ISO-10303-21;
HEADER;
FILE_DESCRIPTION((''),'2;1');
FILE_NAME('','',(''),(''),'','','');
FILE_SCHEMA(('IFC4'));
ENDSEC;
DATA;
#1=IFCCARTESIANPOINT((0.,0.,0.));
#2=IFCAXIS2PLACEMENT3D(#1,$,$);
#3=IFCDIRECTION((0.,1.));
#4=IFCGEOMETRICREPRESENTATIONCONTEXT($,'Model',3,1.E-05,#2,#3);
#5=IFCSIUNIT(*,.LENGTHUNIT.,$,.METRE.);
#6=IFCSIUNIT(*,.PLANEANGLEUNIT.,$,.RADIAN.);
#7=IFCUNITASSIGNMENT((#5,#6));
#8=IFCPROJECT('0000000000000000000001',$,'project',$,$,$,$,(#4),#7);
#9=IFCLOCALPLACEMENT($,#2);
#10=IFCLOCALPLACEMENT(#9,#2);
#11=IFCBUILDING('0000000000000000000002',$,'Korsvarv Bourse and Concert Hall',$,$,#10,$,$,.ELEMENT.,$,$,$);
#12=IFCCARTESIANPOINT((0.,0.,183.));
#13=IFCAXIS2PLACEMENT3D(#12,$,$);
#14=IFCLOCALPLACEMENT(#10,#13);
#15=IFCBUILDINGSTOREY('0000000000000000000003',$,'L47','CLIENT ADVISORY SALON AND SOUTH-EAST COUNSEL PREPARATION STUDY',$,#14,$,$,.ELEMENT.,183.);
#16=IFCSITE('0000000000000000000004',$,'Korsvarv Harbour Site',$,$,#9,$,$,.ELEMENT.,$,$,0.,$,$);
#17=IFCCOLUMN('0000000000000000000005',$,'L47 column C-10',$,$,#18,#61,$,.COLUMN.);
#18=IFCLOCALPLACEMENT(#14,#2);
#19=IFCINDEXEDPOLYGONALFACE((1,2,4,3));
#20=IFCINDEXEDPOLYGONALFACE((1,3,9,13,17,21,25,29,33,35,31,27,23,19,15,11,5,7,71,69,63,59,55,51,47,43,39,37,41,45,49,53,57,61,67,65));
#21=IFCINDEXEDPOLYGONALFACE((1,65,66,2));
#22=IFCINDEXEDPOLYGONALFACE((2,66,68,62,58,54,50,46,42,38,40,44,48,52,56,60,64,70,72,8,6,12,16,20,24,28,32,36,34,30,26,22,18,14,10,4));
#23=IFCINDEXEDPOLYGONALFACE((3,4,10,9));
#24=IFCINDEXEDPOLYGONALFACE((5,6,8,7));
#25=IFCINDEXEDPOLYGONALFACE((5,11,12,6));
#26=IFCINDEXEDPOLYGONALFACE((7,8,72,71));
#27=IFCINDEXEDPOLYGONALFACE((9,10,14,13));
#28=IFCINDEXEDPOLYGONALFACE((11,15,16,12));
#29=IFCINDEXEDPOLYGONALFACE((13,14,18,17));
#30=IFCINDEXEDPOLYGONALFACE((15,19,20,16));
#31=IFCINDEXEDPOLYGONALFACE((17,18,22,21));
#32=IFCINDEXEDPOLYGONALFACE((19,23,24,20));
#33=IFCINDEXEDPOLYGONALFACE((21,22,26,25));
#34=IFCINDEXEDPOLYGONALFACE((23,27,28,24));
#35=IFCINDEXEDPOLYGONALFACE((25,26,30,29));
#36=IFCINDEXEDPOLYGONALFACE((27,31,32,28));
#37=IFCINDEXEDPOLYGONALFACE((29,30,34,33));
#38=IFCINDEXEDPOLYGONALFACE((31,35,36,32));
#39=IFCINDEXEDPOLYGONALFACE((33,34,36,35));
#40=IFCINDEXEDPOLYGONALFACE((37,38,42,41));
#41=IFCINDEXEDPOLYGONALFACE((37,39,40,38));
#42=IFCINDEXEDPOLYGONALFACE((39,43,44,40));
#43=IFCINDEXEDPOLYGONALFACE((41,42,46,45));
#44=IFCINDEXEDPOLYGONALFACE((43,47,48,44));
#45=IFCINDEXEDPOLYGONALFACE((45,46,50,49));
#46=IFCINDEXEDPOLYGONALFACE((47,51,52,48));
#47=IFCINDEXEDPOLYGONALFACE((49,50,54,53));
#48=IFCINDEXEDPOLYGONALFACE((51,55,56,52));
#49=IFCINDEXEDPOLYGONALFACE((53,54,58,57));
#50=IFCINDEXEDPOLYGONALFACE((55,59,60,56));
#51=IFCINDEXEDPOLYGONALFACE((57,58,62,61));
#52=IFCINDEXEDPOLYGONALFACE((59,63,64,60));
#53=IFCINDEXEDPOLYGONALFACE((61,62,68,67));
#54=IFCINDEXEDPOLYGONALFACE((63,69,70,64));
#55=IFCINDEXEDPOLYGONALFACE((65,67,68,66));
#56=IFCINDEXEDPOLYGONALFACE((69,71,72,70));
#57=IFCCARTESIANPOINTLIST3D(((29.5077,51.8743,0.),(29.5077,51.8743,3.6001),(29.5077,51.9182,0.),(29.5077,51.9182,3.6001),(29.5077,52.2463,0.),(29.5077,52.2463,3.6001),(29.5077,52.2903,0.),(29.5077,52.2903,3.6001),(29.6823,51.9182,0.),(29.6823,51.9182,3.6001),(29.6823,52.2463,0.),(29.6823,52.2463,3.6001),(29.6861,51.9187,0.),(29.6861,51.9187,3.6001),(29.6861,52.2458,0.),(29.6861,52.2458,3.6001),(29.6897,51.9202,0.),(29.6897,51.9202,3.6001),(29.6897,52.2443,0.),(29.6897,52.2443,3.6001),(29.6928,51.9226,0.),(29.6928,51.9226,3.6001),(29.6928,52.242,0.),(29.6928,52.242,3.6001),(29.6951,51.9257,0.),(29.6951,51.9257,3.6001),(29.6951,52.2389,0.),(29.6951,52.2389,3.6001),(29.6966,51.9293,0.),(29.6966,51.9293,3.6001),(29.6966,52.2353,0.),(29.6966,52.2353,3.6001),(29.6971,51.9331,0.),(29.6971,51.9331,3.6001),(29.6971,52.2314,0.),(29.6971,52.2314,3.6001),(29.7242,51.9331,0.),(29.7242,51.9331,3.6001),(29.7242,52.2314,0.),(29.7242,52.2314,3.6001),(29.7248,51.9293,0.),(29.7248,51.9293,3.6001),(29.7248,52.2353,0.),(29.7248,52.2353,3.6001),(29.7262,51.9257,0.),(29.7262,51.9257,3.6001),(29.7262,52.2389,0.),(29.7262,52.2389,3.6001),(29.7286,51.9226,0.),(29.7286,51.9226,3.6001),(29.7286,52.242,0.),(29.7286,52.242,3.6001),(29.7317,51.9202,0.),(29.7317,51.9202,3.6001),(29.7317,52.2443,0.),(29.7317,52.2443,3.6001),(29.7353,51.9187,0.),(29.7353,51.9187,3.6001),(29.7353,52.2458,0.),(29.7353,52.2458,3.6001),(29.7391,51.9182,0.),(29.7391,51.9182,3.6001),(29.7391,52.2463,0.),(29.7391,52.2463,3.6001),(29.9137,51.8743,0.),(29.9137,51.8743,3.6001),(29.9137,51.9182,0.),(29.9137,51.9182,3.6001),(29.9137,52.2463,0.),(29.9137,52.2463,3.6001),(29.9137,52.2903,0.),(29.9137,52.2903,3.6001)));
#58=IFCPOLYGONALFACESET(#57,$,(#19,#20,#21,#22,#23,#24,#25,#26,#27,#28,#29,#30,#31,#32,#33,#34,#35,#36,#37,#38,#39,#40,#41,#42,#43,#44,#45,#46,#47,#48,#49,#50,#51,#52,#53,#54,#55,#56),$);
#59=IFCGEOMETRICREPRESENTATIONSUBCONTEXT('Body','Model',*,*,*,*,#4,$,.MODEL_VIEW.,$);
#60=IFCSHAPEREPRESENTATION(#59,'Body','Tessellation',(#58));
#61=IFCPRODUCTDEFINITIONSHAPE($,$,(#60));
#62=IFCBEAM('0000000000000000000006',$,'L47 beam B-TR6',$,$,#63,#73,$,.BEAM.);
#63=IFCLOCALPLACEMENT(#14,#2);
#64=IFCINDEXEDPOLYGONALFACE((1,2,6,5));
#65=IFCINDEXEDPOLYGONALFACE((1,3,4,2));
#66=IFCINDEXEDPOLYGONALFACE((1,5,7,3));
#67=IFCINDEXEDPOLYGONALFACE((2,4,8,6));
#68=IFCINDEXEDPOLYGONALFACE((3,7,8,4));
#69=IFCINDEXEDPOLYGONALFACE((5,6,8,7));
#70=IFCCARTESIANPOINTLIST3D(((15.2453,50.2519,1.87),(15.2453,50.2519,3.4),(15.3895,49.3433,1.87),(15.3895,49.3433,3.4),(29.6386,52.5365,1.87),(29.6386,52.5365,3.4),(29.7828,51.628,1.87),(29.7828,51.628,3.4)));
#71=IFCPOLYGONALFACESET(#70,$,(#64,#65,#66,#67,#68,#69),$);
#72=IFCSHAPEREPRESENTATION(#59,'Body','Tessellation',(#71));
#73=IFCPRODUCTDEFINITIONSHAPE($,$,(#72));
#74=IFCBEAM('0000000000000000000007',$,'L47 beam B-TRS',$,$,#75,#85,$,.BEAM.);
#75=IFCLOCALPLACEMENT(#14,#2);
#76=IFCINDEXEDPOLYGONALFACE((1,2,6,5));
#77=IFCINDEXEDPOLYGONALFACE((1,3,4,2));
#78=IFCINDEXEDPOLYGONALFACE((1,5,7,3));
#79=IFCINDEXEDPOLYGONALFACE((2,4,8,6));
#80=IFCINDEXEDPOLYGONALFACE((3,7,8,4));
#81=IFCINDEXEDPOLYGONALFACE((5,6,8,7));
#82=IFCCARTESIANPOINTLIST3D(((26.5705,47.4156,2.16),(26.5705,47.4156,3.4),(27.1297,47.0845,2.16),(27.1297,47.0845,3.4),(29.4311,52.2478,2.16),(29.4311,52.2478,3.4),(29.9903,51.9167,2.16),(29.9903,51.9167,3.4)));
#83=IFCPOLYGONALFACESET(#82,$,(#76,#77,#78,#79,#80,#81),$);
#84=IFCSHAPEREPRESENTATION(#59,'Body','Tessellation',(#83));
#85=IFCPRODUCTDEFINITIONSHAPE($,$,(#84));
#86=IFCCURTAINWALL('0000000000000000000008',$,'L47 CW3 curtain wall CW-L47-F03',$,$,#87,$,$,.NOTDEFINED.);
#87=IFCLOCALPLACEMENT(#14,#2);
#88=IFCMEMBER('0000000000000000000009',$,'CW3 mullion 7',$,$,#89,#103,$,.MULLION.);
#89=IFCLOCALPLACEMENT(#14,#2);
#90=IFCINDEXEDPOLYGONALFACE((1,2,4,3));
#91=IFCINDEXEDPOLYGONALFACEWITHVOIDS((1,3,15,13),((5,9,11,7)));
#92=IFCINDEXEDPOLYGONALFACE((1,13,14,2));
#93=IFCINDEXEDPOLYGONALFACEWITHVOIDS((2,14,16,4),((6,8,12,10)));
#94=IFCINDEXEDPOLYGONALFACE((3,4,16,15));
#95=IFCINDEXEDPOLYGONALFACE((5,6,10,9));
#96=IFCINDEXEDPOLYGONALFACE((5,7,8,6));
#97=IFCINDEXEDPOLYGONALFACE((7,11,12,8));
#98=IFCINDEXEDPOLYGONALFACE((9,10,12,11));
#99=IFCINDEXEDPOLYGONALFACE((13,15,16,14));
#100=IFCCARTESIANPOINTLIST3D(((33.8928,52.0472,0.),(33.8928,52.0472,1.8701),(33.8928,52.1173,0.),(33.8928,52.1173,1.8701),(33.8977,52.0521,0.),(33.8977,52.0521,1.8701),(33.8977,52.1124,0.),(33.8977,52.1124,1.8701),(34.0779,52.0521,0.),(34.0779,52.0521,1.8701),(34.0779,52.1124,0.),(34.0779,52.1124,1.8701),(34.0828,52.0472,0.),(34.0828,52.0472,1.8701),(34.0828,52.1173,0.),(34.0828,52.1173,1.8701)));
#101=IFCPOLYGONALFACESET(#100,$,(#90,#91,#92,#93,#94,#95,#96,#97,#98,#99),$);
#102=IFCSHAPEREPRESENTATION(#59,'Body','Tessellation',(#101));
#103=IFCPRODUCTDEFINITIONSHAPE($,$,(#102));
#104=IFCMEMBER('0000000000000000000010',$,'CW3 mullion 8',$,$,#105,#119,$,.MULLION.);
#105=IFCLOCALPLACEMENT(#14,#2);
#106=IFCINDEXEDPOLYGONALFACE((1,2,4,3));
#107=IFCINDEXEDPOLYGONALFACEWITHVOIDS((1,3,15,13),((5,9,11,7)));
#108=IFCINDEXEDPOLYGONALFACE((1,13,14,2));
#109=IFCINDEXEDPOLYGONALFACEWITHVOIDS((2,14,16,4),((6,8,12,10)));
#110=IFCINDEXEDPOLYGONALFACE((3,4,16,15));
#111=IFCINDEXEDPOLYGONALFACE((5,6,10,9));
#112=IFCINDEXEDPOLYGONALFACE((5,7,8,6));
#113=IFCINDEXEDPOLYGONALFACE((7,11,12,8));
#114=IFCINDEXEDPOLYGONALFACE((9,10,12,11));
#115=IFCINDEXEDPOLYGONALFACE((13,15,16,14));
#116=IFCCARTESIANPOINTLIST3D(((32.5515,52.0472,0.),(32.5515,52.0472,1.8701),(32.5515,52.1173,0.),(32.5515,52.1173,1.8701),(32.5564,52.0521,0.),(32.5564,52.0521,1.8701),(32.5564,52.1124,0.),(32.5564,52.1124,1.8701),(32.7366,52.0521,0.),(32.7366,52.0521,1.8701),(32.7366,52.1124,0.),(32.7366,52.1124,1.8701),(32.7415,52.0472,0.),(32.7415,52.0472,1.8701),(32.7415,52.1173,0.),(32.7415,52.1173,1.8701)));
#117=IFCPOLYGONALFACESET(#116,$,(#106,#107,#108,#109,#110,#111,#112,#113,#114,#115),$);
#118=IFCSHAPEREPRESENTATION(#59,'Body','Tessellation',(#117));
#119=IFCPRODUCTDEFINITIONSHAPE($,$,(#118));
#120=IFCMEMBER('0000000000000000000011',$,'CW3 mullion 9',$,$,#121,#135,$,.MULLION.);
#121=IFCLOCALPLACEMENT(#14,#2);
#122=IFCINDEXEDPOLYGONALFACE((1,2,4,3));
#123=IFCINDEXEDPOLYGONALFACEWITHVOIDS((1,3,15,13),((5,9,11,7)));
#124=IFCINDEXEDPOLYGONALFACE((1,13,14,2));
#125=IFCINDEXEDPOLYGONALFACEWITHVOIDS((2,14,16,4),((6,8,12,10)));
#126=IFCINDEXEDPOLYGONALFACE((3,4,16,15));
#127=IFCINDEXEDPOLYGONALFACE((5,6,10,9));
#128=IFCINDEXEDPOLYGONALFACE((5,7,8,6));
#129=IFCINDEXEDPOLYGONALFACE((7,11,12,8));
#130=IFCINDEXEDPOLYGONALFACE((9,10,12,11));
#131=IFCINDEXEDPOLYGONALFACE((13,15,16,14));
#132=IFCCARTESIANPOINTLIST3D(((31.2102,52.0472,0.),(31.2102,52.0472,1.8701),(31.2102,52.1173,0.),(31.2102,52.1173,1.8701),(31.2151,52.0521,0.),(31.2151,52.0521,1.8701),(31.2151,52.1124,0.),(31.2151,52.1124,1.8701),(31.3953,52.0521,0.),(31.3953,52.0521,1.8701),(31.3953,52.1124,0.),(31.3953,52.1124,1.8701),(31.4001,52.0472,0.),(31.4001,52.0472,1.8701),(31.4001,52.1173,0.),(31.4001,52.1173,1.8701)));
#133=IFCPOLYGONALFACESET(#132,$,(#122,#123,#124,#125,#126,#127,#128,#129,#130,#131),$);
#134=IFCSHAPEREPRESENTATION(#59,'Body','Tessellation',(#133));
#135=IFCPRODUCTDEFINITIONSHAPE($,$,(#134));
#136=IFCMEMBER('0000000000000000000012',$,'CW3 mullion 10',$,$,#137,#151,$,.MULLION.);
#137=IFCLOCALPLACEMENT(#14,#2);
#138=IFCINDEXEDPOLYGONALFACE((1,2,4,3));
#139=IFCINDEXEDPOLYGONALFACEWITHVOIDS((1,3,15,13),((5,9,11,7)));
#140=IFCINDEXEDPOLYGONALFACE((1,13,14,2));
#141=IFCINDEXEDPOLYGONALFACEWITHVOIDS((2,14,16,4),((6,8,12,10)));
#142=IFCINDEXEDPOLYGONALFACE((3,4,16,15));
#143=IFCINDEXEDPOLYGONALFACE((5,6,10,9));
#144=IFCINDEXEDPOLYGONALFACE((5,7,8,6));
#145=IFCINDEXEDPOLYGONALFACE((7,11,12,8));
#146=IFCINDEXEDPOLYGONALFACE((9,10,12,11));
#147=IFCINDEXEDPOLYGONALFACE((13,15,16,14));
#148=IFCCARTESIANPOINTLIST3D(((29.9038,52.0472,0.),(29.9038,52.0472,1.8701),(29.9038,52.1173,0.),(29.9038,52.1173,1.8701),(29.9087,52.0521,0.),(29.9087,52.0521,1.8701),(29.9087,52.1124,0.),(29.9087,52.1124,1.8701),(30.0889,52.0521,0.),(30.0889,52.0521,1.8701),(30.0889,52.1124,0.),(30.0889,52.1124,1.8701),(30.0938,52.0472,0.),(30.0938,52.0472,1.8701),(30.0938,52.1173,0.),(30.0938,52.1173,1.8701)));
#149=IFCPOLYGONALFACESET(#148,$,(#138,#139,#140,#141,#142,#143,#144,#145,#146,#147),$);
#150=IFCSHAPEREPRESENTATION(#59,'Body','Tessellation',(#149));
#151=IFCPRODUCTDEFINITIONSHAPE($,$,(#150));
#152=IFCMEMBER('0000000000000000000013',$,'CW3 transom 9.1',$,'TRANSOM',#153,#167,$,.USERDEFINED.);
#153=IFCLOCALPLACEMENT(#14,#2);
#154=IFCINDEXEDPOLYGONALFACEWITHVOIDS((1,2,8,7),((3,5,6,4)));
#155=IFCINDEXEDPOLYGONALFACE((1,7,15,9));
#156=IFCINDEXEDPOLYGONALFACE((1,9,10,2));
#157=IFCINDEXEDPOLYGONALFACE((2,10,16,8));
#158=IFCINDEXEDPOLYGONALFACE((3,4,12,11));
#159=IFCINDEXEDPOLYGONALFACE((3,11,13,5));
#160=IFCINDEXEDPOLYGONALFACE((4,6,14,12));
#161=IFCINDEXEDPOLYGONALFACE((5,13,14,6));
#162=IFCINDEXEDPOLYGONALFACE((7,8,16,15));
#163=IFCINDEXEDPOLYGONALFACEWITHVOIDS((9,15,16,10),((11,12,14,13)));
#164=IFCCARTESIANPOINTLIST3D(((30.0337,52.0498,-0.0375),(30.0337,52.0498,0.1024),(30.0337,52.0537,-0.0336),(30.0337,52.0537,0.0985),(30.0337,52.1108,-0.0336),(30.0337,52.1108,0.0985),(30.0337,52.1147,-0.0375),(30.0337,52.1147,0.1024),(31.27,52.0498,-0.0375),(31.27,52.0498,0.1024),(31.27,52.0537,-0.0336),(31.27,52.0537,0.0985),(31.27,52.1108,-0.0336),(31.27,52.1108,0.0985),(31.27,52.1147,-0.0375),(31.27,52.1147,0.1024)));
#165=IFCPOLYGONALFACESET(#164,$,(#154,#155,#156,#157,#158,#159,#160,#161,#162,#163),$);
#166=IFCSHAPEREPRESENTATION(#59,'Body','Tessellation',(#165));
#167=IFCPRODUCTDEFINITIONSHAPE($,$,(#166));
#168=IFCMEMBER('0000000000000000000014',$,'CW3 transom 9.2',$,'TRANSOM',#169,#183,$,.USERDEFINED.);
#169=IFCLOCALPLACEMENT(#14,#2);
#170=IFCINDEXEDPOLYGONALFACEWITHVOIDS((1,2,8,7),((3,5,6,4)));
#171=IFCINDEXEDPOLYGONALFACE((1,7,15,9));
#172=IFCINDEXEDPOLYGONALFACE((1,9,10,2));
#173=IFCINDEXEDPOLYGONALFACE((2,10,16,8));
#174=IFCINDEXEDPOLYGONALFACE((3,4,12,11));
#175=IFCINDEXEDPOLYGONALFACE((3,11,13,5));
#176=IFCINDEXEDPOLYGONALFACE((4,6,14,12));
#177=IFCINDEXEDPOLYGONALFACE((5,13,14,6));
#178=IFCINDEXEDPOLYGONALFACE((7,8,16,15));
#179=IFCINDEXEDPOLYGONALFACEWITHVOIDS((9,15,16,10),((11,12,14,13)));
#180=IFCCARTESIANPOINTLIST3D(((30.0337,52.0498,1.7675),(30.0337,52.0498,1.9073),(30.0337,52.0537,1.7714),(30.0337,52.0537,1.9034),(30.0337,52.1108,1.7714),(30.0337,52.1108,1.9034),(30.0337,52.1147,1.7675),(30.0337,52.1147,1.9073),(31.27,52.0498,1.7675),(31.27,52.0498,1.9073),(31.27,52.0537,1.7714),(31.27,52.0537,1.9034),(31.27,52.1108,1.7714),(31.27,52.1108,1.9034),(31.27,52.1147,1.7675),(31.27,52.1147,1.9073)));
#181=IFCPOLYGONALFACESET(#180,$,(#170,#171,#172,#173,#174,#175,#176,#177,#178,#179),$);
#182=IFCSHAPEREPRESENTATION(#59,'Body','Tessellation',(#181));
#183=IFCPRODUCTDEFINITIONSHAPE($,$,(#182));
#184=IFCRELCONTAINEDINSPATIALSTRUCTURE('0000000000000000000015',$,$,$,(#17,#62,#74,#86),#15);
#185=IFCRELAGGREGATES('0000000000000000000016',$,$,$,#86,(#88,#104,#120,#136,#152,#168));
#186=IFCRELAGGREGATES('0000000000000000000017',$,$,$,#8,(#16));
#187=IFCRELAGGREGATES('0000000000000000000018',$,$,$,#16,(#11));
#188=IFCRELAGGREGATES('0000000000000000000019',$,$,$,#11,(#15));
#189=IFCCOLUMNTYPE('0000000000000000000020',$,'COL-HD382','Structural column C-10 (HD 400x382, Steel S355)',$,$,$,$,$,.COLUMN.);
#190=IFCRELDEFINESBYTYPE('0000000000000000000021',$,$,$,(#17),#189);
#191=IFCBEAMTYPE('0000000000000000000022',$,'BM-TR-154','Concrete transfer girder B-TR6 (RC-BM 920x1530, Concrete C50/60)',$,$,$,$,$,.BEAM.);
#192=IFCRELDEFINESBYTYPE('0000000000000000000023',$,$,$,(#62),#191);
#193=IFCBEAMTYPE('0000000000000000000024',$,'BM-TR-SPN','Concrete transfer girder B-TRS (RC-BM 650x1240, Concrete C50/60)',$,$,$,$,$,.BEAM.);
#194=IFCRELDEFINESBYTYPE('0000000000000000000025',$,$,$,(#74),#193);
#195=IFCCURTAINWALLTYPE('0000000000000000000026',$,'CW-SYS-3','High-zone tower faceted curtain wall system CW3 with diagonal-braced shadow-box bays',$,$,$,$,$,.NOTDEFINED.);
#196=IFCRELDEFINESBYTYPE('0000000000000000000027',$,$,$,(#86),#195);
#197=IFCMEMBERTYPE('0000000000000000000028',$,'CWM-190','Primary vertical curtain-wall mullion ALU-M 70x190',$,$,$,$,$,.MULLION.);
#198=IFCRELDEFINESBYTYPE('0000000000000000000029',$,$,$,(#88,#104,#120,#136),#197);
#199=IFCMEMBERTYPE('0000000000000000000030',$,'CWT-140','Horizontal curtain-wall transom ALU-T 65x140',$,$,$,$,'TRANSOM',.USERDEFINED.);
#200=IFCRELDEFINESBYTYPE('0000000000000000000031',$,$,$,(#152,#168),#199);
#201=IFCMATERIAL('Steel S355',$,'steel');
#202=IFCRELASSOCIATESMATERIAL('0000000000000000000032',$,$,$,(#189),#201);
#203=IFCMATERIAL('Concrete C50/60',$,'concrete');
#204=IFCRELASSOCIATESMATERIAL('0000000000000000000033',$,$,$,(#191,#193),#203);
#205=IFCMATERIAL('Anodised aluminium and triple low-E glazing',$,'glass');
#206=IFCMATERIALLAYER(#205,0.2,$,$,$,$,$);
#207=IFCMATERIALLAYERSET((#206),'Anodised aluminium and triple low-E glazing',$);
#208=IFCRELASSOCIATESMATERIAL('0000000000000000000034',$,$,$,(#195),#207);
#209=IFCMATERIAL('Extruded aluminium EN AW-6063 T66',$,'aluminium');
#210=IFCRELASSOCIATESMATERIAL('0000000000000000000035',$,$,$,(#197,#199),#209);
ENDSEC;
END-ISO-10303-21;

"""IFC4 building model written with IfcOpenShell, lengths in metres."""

from ifc_helpers import new_model, si_unit, direction, frame, origin, origin_2d, place, context, subcontext, project, spatial, rectangle, hollow_rectangle, i_section, extrude, source, transform, mapped, material, layer, layer_set, material_profile, profile_set, type_object, element, aggregate, save


model = new_model("IFC4")

# Units and contexts
model_context = context("Model", 3, precision=1e-05, world=origin(), true_north=direction((0.0, 1.0)))
body_context = subcontext(model_context, "Body", "Model", "MODEL_VIEW")
ifc_project = project(units=[si_unit("LENGTHUNIT", "METRE"), si_unit("PLANEANGLEUNIT", "RADIAN")], contexts=[model_context])

# Site, building, storey
site_placement = place(None, origin())
site = spatial("IfcSite", under=ifc_project, at=site_placement, Name="Korsvarv Harbour Site", CompositionType="ELEMENT", RefElevation=0.0)
building_placement = place(site_placement, origin())
building = spatial("IfcBuilding", under=site, at=building_placement, Name="Korsvarv Bourse and Concert Hall", CompositionType="ELEMENT")
storey_placement = place(building_placement, frame((0.0, 0.0, 183.0)))
storey = spatial("IfcBuildingStorey", under=building, at=storey_placement, Name="L47", Description="CLIENT ADVISORY SALON AND SOUTH-EAST COUNSEL PREPARATION STUDY", CompositionType="ELEMENT", Elevation=183.0)

# Column
ifc_material_1 = material(Name="Steel S355", Category="steel")
ifc_material_profile_1 = material_profile(ifc_material_1, i_section(OverallWidth=0.406, OverallDepth=0.416, WebThickness=0.0271, FlangeThickness=0.0439, FilletRadius=0.0149, at=origin_2d()), Name="HD 400x382")
ifc_profile_set_1 = profile_set([ifc_material_profile_1], Name="Steel S355")
column_type = type_object("IfcColumnType", Name="COL-HD382", Description="Structural column C-10 (HD 400x382, Steel S355)", PredefinedType="COLUMN", material=ifc_profile_set_1)
shared_shape_1 = source(origin(), body_context, "Body", "SweptSolid", [
    extrude(i_section(OverallWidth=0.406, OverallDepth=0.416, WebThickness=0.0271, FlangeThickness=0.0439, FilletRadius=0.0149, at=origin_2d()), origin(), (0.0, 0.0, 1.0), 3.6001),
])
column_placement = place(storey_placement, frame((29.7107, 52.0823, 0.0), z_axis=(0.0, 0.0, 1.0), x_axis=(1.0, 0.0, 0.0)))
element("IfcColumn", 1, at=column_placement, inside=storey, type_object=column_type, Name="L47 column C-10", PredefinedType="COLUMN", context=body_context, shape_type="MappedRepresentation", body=[
    mapped(shared_shape_1, transform((0.0, 0.0, 0.0), scale=1.0)),
])

# Beams
ifc_material_2 = material(Name="Concrete C50/60", Category="concrete")
ifc_material_profile_2 = material_profile(ifc_material_2, rectangle(XDim=0.9199, YDim=1.53, at=origin_2d()), Name="RC-BM 920x1530")
ifc_profile_set_2 = profile_set([ifc_material_profile_2], Name="Concrete C50/60")
beam_type_1 = type_object("IfcBeamType", Name="BM-TR-154", Description="Concrete transfer girder B-TR6 (RC-BM 920x1530, Concrete C50/60)", PredefinedType="BEAM", material=ifc_profile_set_2)
shared_shape_2 = source(origin(), body_context, "Body", "SweptSolid", [
    extrude(rectangle(XDim=0.9199, YDim=1.53, at=origin_2d()), origin(), (0.0, 0.0, 1.0), 14.5735),
])
beam_1_placement = place(storey_placement, frame((29.7107, 52.0823, 2.635), z_axis=(-0.987635, -0.156769, 0.0), x_axis=(0.156769, -0.987635, 0.0)))
element("IfcBeam", 2, at=beam_1_placement, inside=storey, type_object=beam_type_1, Name="L47 beam B-TR6", PredefinedType="BEAM", context=body_context, shape_type="MappedRepresentation", body=[
    mapped(shared_shape_2, transform((0.0, 0.0, 0.0), scale=1.0)),
])
ifc_material_profile_3 = material_profile(ifc_material_2, rectangle(XDim=0.6499, YDim=1.24, at=origin_2d()), Name="RC-BM 650x1240")
ifc_profile_set_3 = profile_set([ifc_material_profile_3], Name="Concrete C50/60")
beam_type_2 = type_object("IfcBeamType", Name="BM-TR-SPN", Description="Concrete transfer girder B-TRS (RC-BM 650x1240, Concrete C50/60)", PredefinedType="BEAM", material=ifc_profile_set_3)
shared_shape_3 = source(origin(), body_context, "Body", "SweptSolid", [
    extrude(rectangle(XDim=0.6499, YDim=1.24, at=origin_2d()), origin(), (0.0, 0.0, 1.0), 5.6155),
])
beam_2_placement = place(storey_placement, frame((29.7107, 52.0823, 2.78), z_axis=(-0.50941, -0.860524, 0.0), x_axis=(0.860524, -0.50941, 0.0)))
element("IfcBeam", 3, at=beam_2_placement, inside=storey, type_object=beam_type_2, Name="L47 beam B-TRS", PredefinedType="BEAM", context=body_context, shape_type="MappedRepresentation", body=[
    mapped(shared_shape_3, transform((0.0, 0.0, 0.0), scale=1.0)),
])

# Curtain wall, members
ifc_material_3 = material(Name="Anodised aluminium and triple low-E glazing", Category="glass")
ifc_layer_1 = layer(ifc_material_3, 0.2)
ifc_layer_set_1 = layer_set([ifc_layer_1], Name="Anodised aluminium and triple low-E glazing")
curtain_wall_type = type_object("IfcCurtainWallType", Name="CW-SYS-3", Description="High-zone tower faceted curtain wall system CW3 with diagonal-braced shadow-box bays", PredefinedType="NOTDEFINED", material=ifc_layer_set_1)
curtain_wall_placement = place(storey_placement, origin())
curtain_wall = element("IfcCurtainWall", 4, at=curtain_wall_placement, inside=storey, type_object=curtain_wall_type, Name="L47 CW3 curtain wall CW-L47-F03", PredefinedType="NOTDEFINED")
ifc_material_4 = material(Name="Extruded aluminium EN AW-6063 T66", Category="aluminium")
ifc_material_profile_4 = material_profile(ifc_material_4, hollow_rectangle(XDim=0.0701, YDim=0.1899, WallThickness=0.0049, at=origin_2d()), Name="ALU-M 70x190")
ifc_profile_set_4 = profile_set([ifc_material_profile_4], Name="Extruded aluminium EN AW-6063 T66")
member_type_1 = type_object("IfcMemberType", Name="CWM-190", Description="Primary vertical curtain-wall mullion ALU-M 70x190", PredefinedType="MULLION", material=ifc_profile_set_4)
shared_shape_4 = source(origin(), body_context, "Body", "SweptSolid", [
    extrude(hollow_rectangle(XDim=0.0701, YDim=0.1899, WallThickness=0.0049, at=origin_2d()), origin(), (0.0, 0.0, 1.0), 1.8701),
])
member_1_placement = place(storey_placement, frame((33.9878, 52.0823, 0.0), z_axis=(0.0, 0.0, 1.0), x_axis=(0.0, -1.0, 0.0)))
member_1 = element("IfcMember", 5, at=member_1_placement, type_object=member_type_1, Name="CW3 mullion 7", PredefinedType="MULLION", context=body_context, shape_type="MappedRepresentation", body=[
    mapped(shared_shape_4, transform((0.0, 0.0, 0.0), scale=1.0)),
])
member_2_placement = place(storey_placement, frame((32.6465, 52.0823, 0.0), z_axis=(0.0, 0.0, 1.0), x_axis=(0.0, -1.0, 0.0)))
member_2 = element("IfcMember", 6, at=member_2_placement, type_object=member_type_1, Name="CW3 mullion 8", PredefinedType="MULLION", context=body_context, shape_type="MappedRepresentation", body=[
    mapped(shared_shape_4, transform((0.0, 0.0, 0.0), scale=1.0)),
])
member_3_placement = place(storey_placement, frame((31.3052, 52.0823, 0.0), z_axis=(0.0, 0.0, 1.0), x_axis=(0.0, -1.0, 0.0)))
member_3 = element("IfcMember", 7, at=member_3_placement, type_object=member_type_1, Name="CW3 mullion 9", PredefinedType="MULLION", context=body_context, shape_type="MappedRepresentation", body=[
    mapped(shared_shape_4, transform((0.0, 0.0, 0.0), scale=1.0)),
])
member_4_placement = place(storey_placement, frame((29.9988, 52.0823, 0.0), z_axis=(0.0, 0.0, 1.0), x_axis=(0.0, -1.0, 0.0)))
member_4 = element("IfcMember", 8, at=member_4_placement, type_object=member_type_1, Name="CW3 mullion 10", PredefinedType="MULLION", context=body_context, shape_type="MappedRepresentation", body=[
    mapped(shared_shape_4, transform((0.0, 0.0, 0.0), scale=1.0)),
])
ifc_material_profile_5 = material_profile(ifc_material_4, hollow_rectangle(XDim=0.0649, YDim=0.1399, WallThickness=0.0039, at=origin_2d()), Name="ALU-T 65x140")
ifc_profile_set_5 = profile_set([ifc_material_profile_5], Name="Extruded aluminium EN AW-6063 T66")
member_type_2 = type_object("IfcMemberType", Name="CWT-140", Description="Horizontal curtain-wall transom ALU-T 65x140", ElementType="TRANSOM", PredefinedType="USERDEFINED", material=ifc_profile_set_5)
shared_shape_5 = source(origin(), body_context, "Body", "SweptSolid", [
    extrude(hollow_rectangle(XDim=0.0649, YDim=0.1399, WallThickness=0.0039, at=origin_2d()), origin(), (0.0, 0.0, 1.0), 1.2363),
])
member_5_placement = place(storey_placement, frame((31.27, 52.0823, 0.0325), z_axis=(-1.0, 0.0, 0.0), x_axis=(0.0, -1.0, 0.0)))
member_5 = element("IfcMember", 9, at=member_5_placement, type_object=member_type_2, Name="CW3 transom 9.1", ObjectType="TRANSOM", PredefinedType="USERDEFINED", context=body_context, shape_type="MappedRepresentation", body=[
    mapped(shared_shape_5, transform((0.0, 0.0, 0.0), scale=1.0)),
])
member_6_placement = place(storey_placement, frame((31.27, 52.0823, 1.8374), z_axis=(-1.0, 0.0, 0.0), x_axis=(0.0, -1.0, 0.0)))
member_6 = element("IfcMember", 10, at=member_6_placement, type_object=member_type_2, Name="CW3 transom 9.2", ObjectType="TRANSOM", PredefinedType="USERDEFINED", context=body_context, shape_type="MappedRepresentation", body=[
    mapped(shared_shape_5, transform((0.0, 0.0, 0.0), scale=1.0)),
])
aggregate(curtain_wall, [member_1, member_2, member_3, member_4, member_5, member_6])

save(model, "model.ifc")
